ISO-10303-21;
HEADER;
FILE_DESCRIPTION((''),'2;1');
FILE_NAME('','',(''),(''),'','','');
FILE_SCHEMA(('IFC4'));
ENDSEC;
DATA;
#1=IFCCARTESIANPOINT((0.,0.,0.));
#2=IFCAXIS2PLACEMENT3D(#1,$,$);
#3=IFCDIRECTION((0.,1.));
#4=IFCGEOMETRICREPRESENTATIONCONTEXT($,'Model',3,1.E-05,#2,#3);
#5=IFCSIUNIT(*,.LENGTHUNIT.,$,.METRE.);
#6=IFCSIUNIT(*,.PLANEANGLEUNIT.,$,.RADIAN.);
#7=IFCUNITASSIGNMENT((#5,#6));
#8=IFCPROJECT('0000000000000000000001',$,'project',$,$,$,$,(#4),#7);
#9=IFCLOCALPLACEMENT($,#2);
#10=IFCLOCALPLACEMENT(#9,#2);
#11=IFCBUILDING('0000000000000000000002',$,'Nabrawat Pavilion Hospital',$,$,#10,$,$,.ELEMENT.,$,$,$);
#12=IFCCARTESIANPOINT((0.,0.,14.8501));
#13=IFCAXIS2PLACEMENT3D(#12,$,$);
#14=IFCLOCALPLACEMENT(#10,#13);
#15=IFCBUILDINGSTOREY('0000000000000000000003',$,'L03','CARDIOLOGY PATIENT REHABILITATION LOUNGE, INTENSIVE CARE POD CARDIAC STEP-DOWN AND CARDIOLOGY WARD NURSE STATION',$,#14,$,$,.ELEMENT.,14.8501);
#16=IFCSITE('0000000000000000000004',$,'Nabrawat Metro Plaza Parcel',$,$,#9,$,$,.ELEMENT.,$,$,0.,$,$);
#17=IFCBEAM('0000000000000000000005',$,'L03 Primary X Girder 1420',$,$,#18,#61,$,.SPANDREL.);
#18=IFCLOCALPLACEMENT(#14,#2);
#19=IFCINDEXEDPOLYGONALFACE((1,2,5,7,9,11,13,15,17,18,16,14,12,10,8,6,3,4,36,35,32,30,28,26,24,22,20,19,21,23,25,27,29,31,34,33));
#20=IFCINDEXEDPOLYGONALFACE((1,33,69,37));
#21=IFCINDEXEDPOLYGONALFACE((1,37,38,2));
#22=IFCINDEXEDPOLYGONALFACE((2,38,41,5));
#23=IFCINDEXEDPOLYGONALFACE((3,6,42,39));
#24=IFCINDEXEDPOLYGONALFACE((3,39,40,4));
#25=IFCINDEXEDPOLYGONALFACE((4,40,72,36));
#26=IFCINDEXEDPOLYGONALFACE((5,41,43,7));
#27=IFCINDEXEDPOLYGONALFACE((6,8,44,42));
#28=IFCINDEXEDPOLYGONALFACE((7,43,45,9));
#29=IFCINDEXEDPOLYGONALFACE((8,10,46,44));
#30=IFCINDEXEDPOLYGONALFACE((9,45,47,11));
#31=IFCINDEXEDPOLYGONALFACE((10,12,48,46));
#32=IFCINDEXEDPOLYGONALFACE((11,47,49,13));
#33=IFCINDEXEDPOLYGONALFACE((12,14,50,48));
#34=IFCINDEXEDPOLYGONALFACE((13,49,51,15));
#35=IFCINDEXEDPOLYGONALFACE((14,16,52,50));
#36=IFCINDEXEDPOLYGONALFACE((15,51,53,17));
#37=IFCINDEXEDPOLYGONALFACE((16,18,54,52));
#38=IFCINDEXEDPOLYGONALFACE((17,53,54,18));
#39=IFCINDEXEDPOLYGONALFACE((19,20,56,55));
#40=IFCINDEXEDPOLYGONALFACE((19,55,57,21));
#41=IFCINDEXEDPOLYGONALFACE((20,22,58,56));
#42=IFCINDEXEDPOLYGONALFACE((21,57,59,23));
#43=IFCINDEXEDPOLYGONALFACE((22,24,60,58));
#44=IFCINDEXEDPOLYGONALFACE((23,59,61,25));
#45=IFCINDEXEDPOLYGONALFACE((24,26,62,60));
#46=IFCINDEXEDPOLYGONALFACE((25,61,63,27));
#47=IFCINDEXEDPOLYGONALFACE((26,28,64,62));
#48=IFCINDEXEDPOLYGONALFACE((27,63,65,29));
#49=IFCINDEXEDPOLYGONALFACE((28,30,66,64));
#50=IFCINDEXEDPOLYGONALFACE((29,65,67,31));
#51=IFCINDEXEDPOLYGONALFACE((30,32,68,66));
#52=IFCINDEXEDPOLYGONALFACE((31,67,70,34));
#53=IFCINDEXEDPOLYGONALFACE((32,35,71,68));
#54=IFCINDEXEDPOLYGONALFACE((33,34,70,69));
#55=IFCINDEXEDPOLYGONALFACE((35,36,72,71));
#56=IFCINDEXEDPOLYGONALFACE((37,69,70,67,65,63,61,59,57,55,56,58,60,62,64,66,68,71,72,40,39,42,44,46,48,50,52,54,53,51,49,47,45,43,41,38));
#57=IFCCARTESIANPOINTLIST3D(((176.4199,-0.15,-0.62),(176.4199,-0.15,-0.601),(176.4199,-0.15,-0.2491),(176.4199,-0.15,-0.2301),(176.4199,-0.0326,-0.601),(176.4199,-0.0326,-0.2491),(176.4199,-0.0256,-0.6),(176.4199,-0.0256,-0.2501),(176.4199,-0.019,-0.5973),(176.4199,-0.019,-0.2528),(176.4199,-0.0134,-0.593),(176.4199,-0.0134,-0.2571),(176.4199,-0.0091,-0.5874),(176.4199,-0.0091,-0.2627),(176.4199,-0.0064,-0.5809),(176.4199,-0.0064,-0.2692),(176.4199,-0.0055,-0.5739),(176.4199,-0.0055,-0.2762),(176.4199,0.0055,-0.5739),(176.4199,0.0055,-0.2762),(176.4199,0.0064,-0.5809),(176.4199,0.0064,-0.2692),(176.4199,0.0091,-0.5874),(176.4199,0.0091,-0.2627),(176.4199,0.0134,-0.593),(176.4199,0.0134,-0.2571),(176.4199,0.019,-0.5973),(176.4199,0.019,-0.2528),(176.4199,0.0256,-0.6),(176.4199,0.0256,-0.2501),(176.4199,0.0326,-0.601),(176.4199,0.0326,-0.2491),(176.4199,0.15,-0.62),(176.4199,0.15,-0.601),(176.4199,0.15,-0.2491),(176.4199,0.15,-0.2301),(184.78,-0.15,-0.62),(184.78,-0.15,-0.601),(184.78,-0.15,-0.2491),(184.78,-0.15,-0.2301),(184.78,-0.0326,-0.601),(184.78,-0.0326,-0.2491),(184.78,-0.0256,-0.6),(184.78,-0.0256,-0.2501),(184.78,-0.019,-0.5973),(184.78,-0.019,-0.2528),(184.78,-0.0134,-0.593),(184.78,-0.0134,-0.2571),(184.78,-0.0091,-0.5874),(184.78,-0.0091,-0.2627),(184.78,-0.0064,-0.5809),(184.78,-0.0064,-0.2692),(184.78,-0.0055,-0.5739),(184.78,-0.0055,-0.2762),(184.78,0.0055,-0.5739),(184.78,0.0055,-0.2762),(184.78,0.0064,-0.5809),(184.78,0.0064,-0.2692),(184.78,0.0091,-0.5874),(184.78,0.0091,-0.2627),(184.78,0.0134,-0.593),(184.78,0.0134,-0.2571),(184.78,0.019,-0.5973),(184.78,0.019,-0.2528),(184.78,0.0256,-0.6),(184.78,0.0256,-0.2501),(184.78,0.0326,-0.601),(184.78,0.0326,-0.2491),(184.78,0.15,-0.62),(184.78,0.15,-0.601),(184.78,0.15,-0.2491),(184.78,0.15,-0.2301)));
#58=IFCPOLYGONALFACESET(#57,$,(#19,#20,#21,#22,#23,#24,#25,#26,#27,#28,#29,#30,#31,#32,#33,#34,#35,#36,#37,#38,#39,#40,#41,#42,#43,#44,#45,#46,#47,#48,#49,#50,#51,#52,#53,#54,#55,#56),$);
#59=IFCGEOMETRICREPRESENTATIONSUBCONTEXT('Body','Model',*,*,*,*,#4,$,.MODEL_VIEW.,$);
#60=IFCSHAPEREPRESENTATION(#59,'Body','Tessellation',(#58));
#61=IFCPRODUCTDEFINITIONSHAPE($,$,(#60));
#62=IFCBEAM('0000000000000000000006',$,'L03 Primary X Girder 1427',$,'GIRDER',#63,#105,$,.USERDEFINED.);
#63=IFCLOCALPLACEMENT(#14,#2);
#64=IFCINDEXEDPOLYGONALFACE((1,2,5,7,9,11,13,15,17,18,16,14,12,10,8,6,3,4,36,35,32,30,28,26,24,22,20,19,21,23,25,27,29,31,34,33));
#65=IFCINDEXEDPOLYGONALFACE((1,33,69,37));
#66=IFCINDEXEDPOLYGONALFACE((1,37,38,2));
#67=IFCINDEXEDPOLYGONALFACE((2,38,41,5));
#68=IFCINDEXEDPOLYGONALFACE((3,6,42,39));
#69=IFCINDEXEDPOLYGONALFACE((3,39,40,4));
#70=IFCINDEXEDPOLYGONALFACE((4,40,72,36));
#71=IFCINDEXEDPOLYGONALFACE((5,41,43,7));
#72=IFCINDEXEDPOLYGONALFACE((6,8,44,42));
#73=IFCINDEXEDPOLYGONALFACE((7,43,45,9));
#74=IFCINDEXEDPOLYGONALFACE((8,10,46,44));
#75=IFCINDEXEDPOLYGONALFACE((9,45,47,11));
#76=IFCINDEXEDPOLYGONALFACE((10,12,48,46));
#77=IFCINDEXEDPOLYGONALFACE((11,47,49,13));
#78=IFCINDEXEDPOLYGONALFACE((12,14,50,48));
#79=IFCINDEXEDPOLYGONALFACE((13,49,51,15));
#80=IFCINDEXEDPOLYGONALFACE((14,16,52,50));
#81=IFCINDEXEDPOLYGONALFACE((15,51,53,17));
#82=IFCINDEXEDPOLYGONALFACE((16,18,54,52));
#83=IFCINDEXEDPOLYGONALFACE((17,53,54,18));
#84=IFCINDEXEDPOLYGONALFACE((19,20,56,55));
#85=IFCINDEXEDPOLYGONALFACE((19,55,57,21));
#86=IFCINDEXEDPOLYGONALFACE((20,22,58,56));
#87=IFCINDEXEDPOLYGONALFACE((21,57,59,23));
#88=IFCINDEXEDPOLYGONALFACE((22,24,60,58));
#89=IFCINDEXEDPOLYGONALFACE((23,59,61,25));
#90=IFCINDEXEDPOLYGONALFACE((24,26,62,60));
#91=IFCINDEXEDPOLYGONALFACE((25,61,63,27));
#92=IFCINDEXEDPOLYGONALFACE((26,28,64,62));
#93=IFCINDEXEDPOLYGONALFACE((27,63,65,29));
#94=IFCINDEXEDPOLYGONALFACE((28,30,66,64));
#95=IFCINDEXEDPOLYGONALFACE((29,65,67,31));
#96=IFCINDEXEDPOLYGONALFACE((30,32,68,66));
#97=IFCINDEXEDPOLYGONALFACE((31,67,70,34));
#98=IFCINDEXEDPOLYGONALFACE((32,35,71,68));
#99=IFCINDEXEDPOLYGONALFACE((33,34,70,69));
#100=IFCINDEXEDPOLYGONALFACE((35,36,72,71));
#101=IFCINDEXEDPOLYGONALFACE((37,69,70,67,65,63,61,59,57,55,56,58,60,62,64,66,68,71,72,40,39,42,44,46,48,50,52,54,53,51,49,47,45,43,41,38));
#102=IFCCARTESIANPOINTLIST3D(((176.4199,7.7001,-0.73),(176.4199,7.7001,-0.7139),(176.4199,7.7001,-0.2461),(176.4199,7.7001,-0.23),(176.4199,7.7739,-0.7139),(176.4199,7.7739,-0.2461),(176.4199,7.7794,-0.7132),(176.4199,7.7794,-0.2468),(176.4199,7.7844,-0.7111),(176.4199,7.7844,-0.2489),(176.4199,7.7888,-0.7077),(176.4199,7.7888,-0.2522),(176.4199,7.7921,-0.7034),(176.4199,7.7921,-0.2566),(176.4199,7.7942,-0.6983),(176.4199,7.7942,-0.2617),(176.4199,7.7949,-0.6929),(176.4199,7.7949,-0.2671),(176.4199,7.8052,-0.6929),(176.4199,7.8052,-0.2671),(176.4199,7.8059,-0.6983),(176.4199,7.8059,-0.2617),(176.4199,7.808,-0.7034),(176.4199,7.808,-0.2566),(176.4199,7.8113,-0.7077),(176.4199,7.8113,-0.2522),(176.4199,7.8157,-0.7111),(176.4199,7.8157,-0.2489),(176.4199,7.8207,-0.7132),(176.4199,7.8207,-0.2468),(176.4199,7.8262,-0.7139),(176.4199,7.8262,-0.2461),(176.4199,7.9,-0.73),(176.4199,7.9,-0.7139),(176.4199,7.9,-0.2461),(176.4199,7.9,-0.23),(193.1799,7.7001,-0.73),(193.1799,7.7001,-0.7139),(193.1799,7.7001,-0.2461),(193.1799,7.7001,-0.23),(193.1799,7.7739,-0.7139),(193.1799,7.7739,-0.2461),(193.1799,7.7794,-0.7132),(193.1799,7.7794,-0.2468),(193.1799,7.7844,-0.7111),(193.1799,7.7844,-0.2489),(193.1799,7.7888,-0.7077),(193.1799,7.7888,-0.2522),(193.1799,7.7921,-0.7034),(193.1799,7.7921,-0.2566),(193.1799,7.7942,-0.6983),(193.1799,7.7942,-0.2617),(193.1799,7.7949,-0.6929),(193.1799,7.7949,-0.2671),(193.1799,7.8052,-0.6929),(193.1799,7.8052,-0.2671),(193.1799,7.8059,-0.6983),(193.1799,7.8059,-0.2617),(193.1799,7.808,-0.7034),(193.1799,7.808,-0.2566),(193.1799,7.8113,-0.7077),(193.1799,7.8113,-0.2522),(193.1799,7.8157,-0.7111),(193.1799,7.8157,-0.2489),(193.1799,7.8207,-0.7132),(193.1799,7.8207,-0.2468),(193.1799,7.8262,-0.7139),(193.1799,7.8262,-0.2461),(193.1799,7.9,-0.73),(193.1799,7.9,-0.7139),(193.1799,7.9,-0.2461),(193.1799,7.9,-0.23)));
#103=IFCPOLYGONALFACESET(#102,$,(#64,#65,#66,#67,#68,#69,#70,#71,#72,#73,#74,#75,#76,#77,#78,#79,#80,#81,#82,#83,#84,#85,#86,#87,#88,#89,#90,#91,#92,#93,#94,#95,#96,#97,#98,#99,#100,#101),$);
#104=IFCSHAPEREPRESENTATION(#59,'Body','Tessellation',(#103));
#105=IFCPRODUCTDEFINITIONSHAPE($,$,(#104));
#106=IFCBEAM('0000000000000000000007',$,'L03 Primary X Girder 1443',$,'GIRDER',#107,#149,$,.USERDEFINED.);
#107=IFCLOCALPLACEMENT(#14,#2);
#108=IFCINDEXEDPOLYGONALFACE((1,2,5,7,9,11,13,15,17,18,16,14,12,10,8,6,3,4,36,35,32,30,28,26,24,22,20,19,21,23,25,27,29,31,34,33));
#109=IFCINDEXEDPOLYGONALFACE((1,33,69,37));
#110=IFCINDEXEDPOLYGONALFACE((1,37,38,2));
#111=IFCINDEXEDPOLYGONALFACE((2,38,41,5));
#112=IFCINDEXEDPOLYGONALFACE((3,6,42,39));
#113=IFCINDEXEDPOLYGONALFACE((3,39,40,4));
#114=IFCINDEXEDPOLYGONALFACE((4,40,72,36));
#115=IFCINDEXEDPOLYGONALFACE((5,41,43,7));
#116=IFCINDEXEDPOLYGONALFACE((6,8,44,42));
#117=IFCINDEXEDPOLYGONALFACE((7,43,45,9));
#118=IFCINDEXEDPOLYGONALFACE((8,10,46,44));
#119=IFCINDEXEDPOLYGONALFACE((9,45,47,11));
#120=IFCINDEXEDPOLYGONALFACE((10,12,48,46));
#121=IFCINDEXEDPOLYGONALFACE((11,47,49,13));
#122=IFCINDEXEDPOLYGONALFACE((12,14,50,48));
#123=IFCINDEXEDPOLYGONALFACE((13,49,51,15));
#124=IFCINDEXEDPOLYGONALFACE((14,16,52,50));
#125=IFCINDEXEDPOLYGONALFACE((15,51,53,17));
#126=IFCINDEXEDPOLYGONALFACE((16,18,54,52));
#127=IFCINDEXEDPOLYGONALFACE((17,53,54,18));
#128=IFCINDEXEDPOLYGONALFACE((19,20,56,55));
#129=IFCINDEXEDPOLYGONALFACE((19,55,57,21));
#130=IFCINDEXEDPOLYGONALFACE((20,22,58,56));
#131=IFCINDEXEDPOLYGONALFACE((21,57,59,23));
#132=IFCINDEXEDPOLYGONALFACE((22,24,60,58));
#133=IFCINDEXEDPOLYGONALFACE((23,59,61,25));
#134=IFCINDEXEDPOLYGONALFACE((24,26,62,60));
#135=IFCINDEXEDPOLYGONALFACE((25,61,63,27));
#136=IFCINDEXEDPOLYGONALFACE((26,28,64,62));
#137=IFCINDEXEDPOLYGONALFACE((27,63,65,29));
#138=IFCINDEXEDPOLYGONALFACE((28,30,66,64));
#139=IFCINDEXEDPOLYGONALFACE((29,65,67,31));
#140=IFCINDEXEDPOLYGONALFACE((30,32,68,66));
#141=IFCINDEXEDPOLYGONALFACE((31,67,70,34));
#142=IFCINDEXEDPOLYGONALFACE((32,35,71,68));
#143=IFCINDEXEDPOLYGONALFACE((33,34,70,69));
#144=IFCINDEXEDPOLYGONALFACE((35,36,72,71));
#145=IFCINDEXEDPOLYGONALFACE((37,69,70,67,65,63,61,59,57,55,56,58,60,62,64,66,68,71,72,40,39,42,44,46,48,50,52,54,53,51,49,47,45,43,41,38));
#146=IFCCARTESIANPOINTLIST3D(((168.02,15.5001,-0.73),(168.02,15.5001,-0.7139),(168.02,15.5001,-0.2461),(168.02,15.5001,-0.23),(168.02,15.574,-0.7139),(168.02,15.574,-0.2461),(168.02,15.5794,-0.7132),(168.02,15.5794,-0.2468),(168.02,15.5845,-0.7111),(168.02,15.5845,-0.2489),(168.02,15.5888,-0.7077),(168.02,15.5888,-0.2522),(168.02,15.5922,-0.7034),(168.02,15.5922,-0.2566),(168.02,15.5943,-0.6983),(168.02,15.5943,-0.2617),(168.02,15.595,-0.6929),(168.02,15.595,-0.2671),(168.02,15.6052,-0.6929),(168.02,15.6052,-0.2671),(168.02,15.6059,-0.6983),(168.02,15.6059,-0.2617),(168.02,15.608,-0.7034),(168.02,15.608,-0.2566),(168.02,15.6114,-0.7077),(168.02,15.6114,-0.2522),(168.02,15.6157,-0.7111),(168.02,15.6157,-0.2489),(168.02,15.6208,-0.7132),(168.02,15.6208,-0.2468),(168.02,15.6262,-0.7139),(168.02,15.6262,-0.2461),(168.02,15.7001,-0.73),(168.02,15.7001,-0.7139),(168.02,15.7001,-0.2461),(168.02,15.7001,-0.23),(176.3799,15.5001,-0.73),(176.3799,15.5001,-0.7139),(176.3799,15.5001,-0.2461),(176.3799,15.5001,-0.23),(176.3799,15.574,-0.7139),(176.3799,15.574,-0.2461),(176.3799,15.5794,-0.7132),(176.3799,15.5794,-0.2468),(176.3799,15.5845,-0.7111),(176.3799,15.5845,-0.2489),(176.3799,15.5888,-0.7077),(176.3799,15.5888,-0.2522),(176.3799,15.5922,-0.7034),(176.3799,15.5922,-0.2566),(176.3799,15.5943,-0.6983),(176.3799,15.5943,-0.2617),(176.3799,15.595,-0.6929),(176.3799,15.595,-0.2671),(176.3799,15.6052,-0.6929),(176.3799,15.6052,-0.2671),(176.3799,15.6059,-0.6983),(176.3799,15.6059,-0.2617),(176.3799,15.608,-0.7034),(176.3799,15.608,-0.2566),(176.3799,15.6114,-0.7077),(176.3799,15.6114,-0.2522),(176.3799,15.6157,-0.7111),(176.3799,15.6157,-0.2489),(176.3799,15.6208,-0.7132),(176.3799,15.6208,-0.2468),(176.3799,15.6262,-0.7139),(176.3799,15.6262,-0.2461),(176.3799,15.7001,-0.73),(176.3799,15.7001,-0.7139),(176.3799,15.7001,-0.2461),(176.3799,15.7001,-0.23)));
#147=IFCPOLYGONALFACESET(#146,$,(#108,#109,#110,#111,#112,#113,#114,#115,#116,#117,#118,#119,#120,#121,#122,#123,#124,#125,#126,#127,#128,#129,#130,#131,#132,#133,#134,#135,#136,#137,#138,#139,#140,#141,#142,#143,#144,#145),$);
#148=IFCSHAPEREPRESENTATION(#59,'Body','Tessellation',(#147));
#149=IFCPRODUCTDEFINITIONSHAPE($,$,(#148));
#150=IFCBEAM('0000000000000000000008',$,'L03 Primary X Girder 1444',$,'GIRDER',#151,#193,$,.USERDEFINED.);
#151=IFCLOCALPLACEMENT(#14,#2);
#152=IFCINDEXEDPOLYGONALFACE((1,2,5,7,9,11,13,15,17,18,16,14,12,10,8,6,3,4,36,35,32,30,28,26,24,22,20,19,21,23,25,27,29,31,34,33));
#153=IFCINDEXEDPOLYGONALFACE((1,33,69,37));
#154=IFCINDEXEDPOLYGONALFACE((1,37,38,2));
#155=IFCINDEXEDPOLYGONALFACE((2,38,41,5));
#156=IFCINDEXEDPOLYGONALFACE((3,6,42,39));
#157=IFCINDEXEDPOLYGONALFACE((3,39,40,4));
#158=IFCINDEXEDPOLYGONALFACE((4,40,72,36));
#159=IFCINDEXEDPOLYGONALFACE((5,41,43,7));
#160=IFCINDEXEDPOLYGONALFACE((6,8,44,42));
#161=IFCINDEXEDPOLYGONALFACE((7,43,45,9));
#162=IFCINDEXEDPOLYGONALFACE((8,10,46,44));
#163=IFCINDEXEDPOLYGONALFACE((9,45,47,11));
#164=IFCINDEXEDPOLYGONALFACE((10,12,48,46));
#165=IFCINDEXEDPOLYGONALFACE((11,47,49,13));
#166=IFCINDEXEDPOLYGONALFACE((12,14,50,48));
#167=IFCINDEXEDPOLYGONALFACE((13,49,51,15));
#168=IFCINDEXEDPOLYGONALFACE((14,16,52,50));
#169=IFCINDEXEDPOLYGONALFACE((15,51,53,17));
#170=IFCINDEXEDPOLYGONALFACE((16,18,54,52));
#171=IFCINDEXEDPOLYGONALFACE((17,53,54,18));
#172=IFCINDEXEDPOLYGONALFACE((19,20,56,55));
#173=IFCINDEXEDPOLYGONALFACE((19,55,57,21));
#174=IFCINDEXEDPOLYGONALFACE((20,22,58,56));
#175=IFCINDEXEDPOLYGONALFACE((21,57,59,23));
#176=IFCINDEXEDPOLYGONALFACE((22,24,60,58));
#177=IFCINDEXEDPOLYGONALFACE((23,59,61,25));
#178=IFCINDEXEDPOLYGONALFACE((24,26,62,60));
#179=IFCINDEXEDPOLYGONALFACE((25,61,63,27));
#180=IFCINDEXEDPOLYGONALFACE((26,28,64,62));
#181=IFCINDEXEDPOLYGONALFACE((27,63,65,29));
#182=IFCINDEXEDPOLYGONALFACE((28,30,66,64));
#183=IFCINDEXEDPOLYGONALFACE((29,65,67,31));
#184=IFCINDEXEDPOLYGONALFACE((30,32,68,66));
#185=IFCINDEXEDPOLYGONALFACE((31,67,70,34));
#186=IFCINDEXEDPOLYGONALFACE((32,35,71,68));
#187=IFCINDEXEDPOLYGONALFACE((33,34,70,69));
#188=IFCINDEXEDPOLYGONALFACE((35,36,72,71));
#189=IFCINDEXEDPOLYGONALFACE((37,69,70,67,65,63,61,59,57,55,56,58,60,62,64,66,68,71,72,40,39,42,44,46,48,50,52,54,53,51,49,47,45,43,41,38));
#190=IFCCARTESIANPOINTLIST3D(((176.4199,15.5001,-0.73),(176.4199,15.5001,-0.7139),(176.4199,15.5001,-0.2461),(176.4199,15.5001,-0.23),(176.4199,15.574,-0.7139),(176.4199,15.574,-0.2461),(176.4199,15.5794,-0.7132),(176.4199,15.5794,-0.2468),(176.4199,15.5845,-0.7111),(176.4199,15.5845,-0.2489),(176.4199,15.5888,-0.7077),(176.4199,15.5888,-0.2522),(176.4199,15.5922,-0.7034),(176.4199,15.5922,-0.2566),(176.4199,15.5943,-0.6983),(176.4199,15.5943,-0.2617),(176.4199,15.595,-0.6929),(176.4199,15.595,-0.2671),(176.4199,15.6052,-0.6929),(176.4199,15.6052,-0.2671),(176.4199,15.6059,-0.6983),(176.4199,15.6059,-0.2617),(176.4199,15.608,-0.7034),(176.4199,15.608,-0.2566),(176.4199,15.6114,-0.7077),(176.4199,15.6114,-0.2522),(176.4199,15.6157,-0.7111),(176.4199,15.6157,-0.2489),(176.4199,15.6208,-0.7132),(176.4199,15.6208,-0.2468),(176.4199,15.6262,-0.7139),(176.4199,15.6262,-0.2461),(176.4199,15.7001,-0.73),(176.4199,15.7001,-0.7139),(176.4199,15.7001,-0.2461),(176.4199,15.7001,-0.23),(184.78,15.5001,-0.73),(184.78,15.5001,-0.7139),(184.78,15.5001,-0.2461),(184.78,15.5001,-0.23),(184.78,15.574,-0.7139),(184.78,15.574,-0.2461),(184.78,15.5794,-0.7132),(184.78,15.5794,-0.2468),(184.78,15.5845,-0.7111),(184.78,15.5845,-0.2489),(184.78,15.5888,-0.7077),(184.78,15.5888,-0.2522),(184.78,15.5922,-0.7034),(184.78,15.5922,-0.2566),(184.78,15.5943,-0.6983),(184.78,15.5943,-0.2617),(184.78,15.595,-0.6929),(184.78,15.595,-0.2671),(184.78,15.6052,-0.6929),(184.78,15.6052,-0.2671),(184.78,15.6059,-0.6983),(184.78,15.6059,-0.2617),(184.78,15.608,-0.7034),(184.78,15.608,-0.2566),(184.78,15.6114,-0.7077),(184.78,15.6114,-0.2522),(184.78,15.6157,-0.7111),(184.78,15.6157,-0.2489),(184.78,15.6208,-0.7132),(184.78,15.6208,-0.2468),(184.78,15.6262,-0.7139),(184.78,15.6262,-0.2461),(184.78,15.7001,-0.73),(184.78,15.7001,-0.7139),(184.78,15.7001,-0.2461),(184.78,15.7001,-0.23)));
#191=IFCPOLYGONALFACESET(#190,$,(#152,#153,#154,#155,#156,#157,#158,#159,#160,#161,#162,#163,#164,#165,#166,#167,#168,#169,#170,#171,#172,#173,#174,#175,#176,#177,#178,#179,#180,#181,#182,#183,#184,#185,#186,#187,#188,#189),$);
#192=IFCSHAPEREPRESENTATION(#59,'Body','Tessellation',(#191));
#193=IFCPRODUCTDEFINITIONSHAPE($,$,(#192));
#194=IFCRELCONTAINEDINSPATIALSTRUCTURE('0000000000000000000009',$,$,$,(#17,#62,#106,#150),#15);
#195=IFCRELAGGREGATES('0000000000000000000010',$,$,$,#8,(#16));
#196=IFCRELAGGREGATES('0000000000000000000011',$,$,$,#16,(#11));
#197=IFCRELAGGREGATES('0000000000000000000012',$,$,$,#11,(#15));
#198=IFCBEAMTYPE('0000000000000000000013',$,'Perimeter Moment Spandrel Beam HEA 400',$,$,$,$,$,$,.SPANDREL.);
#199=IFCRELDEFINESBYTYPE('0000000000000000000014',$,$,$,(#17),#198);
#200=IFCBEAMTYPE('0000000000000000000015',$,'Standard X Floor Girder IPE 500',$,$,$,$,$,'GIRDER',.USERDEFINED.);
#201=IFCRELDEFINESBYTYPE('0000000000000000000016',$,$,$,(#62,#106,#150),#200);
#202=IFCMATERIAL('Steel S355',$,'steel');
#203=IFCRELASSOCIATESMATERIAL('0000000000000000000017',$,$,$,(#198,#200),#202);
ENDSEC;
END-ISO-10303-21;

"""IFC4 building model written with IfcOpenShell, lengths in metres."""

from ifc_helpers import new_model, si_unit, direction, frame, origin, origin_2d, place, context, subcontext, project, spatial, i_section, extrude, material, material_profile, profile_set, type_object, element, save


model = new_model("IFC4")

# Units and contexts
model_context = context("Model", 3, precision=1e-05, world=origin(), true_north=direction((0.0, 1.0)))
body_context = subcontext(model_context, "Body", "Model", "MODEL_VIEW")
ifc_project = project(units=[si_unit("LENGTHUNIT", "METRE"), si_unit("PLANEANGLEUNIT", "RADIAN")], contexts=[model_context])

# Site, building, storey
site_placement = place(None, origin())
site = spatial("IfcSite", under=ifc_project, at=site_placement, Name="Nabrawat Metro Plaza Parcel", CompositionType="ELEMENT", RefElevation=0.0)
building_placement = place(site_placement, origin())
building = spatial("IfcBuilding", under=site, at=building_placement, Name="Nabrawat Pavilion Hospital", CompositionType="ELEMENT")
storey_placement = place(building_placement, frame((0.0, 0.0, 14.8501)))
storey = spatial("IfcBuildingStorey", under=building, at=storey_placement, Name="L03", Description="CARDIOLOGY PATIENT REHABILITATION LOUNGE, INTENSIVE CARE POD CARDIAC STEP-DOWN AND CARDIOLOGY WARD NURSE STATION", CompositionType="ELEMENT", Elevation=14.8501)

# Shared definitions
ifc_material_1 = material(Name="Steel S355", Category="steel")

# Beams
ifc_material_profile_1 = material_profile(ifc_material_1, i_section(OverallWidth=0.3, OverallDepth=0.3899, WebThickness=0.011, FlangeThickness=0.019, FilletRadius=0.0271, at=origin_2d()), Name="HEA 400")
ifc_profile_set_1 = profile_set([ifc_material_profile_1], Name="Steel S355")
beam_type_1 = type_object("IfcBeamType", Name="Perimeter Moment Spandrel Beam HEA 400", PredefinedType="SPANDREL", material=ifc_profile_set_1)
beam_1_placement = place(storey_placement, frame((176.4199, 0.0, -0.425), z_axis=(1.0, 0.0, 0.0), x_axis=(0.0, 1.0, 0.0)))
element("IfcBeam", 1, at=beam_1_placement, inside=storey, type_object=beam_type_1, Name="L03 Primary X Girder 1420", PredefinedType="SPANDREL", context=body_context, shape_type="SweptSolid", body=[
    extrude(i_section(OverallWidth=0.3, OverallDepth=0.3899, WebThickness=0.011, FlangeThickness=0.019, FilletRadius=0.0271, at=origin_2d()), origin(), (0.0, 0.0, 1.0), 8.3601),
])
ifc_material_profile_2 = material_profile(ifc_material_1, i_section(OverallWidth=0.2, OverallDepth=0.5, WebThickness=0.0103, FlangeThickness=0.0161, FilletRadius=0.021, at=origin_2d()), Name="IPE 500")
ifc_profile_set_2 = profile_set([ifc_material_profile_2], Name="Steel S355")
beam_type_2 = type_object("IfcBeamType", Name="Standard X Floor Girder IPE 500", ElementType="GIRDER", PredefinedType="USERDEFINED", material=ifc_profile_set_2)
beam_2_placement = place(storey_placement, frame((176.4199, 7.8, -0.48), z_axis=(1.0, 0.0, 0.0), x_axis=(0.0, 1.0, 0.0)))
element("IfcBeam", 2, at=beam_2_placement, inside=storey, type_object=beam_type_2, Name="L03 Primary X Girder 1427", ObjectType="GIRDER", PredefinedType="USERDEFINED", context=body_context, shape_type="SweptSolid", body=[
    extrude(i_section(OverallWidth=0.2, OverallDepth=0.5, WebThickness=0.0103, FlangeThickness=0.0161, FilletRadius=0.021, at=origin_2d()), origin(), (0.0, 0.0, 1.0), 16.76),
])
beam_3_placement = place(storey_placement, frame((168.02, 15.6001, -0.48), z_axis=(1.0, 0.0, 0.0), x_axis=(0.0, 1.0, 0.0)))
element("IfcBeam", 3, at=beam_3_placement, inside=storey, type_object=beam_type_2, Name="L03 Primary X Girder 1443", ObjectType="GIRDER", PredefinedType="USERDEFINED", context=body_context, shape_type="SweptSolid", body=[
    extrude(i_section(OverallWidth=0.2, OverallDepth=0.5, WebThickness=0.0103, FlangeThickness=0.0161, FilletRadius=0.021, at=origin_2d()), origin(), (0.0, 0.0, 1.0), 8.3599),
])
beam_4_placement = place(storey_placement, frame((176.4199, 15.6001, -0.48), z_axis=(1.0, 0.0, 0.0), x_axis=(0.0, 1.0, 0.0)))
element("IfcBeam", 4, at=beam_4_placement, inside=storey, type_object=beam_type_2, Name="L03 Primary X Girder 1444", ObjectType="GIRDER", PredefinedType="USERDEFINED", context=body_context, shape_type="SweptSolid", body=[
    extrude(i_section(OverallWidth=0.2, OverallDepth=0.5, WebThickness=0.0103, FlangeThickness=0.0161, FilletRadius=0.021, at=origin_2d()), origin(), (0.0, 0.0, 1.0), 8.3601),
])

save(model, "model.ifc")
